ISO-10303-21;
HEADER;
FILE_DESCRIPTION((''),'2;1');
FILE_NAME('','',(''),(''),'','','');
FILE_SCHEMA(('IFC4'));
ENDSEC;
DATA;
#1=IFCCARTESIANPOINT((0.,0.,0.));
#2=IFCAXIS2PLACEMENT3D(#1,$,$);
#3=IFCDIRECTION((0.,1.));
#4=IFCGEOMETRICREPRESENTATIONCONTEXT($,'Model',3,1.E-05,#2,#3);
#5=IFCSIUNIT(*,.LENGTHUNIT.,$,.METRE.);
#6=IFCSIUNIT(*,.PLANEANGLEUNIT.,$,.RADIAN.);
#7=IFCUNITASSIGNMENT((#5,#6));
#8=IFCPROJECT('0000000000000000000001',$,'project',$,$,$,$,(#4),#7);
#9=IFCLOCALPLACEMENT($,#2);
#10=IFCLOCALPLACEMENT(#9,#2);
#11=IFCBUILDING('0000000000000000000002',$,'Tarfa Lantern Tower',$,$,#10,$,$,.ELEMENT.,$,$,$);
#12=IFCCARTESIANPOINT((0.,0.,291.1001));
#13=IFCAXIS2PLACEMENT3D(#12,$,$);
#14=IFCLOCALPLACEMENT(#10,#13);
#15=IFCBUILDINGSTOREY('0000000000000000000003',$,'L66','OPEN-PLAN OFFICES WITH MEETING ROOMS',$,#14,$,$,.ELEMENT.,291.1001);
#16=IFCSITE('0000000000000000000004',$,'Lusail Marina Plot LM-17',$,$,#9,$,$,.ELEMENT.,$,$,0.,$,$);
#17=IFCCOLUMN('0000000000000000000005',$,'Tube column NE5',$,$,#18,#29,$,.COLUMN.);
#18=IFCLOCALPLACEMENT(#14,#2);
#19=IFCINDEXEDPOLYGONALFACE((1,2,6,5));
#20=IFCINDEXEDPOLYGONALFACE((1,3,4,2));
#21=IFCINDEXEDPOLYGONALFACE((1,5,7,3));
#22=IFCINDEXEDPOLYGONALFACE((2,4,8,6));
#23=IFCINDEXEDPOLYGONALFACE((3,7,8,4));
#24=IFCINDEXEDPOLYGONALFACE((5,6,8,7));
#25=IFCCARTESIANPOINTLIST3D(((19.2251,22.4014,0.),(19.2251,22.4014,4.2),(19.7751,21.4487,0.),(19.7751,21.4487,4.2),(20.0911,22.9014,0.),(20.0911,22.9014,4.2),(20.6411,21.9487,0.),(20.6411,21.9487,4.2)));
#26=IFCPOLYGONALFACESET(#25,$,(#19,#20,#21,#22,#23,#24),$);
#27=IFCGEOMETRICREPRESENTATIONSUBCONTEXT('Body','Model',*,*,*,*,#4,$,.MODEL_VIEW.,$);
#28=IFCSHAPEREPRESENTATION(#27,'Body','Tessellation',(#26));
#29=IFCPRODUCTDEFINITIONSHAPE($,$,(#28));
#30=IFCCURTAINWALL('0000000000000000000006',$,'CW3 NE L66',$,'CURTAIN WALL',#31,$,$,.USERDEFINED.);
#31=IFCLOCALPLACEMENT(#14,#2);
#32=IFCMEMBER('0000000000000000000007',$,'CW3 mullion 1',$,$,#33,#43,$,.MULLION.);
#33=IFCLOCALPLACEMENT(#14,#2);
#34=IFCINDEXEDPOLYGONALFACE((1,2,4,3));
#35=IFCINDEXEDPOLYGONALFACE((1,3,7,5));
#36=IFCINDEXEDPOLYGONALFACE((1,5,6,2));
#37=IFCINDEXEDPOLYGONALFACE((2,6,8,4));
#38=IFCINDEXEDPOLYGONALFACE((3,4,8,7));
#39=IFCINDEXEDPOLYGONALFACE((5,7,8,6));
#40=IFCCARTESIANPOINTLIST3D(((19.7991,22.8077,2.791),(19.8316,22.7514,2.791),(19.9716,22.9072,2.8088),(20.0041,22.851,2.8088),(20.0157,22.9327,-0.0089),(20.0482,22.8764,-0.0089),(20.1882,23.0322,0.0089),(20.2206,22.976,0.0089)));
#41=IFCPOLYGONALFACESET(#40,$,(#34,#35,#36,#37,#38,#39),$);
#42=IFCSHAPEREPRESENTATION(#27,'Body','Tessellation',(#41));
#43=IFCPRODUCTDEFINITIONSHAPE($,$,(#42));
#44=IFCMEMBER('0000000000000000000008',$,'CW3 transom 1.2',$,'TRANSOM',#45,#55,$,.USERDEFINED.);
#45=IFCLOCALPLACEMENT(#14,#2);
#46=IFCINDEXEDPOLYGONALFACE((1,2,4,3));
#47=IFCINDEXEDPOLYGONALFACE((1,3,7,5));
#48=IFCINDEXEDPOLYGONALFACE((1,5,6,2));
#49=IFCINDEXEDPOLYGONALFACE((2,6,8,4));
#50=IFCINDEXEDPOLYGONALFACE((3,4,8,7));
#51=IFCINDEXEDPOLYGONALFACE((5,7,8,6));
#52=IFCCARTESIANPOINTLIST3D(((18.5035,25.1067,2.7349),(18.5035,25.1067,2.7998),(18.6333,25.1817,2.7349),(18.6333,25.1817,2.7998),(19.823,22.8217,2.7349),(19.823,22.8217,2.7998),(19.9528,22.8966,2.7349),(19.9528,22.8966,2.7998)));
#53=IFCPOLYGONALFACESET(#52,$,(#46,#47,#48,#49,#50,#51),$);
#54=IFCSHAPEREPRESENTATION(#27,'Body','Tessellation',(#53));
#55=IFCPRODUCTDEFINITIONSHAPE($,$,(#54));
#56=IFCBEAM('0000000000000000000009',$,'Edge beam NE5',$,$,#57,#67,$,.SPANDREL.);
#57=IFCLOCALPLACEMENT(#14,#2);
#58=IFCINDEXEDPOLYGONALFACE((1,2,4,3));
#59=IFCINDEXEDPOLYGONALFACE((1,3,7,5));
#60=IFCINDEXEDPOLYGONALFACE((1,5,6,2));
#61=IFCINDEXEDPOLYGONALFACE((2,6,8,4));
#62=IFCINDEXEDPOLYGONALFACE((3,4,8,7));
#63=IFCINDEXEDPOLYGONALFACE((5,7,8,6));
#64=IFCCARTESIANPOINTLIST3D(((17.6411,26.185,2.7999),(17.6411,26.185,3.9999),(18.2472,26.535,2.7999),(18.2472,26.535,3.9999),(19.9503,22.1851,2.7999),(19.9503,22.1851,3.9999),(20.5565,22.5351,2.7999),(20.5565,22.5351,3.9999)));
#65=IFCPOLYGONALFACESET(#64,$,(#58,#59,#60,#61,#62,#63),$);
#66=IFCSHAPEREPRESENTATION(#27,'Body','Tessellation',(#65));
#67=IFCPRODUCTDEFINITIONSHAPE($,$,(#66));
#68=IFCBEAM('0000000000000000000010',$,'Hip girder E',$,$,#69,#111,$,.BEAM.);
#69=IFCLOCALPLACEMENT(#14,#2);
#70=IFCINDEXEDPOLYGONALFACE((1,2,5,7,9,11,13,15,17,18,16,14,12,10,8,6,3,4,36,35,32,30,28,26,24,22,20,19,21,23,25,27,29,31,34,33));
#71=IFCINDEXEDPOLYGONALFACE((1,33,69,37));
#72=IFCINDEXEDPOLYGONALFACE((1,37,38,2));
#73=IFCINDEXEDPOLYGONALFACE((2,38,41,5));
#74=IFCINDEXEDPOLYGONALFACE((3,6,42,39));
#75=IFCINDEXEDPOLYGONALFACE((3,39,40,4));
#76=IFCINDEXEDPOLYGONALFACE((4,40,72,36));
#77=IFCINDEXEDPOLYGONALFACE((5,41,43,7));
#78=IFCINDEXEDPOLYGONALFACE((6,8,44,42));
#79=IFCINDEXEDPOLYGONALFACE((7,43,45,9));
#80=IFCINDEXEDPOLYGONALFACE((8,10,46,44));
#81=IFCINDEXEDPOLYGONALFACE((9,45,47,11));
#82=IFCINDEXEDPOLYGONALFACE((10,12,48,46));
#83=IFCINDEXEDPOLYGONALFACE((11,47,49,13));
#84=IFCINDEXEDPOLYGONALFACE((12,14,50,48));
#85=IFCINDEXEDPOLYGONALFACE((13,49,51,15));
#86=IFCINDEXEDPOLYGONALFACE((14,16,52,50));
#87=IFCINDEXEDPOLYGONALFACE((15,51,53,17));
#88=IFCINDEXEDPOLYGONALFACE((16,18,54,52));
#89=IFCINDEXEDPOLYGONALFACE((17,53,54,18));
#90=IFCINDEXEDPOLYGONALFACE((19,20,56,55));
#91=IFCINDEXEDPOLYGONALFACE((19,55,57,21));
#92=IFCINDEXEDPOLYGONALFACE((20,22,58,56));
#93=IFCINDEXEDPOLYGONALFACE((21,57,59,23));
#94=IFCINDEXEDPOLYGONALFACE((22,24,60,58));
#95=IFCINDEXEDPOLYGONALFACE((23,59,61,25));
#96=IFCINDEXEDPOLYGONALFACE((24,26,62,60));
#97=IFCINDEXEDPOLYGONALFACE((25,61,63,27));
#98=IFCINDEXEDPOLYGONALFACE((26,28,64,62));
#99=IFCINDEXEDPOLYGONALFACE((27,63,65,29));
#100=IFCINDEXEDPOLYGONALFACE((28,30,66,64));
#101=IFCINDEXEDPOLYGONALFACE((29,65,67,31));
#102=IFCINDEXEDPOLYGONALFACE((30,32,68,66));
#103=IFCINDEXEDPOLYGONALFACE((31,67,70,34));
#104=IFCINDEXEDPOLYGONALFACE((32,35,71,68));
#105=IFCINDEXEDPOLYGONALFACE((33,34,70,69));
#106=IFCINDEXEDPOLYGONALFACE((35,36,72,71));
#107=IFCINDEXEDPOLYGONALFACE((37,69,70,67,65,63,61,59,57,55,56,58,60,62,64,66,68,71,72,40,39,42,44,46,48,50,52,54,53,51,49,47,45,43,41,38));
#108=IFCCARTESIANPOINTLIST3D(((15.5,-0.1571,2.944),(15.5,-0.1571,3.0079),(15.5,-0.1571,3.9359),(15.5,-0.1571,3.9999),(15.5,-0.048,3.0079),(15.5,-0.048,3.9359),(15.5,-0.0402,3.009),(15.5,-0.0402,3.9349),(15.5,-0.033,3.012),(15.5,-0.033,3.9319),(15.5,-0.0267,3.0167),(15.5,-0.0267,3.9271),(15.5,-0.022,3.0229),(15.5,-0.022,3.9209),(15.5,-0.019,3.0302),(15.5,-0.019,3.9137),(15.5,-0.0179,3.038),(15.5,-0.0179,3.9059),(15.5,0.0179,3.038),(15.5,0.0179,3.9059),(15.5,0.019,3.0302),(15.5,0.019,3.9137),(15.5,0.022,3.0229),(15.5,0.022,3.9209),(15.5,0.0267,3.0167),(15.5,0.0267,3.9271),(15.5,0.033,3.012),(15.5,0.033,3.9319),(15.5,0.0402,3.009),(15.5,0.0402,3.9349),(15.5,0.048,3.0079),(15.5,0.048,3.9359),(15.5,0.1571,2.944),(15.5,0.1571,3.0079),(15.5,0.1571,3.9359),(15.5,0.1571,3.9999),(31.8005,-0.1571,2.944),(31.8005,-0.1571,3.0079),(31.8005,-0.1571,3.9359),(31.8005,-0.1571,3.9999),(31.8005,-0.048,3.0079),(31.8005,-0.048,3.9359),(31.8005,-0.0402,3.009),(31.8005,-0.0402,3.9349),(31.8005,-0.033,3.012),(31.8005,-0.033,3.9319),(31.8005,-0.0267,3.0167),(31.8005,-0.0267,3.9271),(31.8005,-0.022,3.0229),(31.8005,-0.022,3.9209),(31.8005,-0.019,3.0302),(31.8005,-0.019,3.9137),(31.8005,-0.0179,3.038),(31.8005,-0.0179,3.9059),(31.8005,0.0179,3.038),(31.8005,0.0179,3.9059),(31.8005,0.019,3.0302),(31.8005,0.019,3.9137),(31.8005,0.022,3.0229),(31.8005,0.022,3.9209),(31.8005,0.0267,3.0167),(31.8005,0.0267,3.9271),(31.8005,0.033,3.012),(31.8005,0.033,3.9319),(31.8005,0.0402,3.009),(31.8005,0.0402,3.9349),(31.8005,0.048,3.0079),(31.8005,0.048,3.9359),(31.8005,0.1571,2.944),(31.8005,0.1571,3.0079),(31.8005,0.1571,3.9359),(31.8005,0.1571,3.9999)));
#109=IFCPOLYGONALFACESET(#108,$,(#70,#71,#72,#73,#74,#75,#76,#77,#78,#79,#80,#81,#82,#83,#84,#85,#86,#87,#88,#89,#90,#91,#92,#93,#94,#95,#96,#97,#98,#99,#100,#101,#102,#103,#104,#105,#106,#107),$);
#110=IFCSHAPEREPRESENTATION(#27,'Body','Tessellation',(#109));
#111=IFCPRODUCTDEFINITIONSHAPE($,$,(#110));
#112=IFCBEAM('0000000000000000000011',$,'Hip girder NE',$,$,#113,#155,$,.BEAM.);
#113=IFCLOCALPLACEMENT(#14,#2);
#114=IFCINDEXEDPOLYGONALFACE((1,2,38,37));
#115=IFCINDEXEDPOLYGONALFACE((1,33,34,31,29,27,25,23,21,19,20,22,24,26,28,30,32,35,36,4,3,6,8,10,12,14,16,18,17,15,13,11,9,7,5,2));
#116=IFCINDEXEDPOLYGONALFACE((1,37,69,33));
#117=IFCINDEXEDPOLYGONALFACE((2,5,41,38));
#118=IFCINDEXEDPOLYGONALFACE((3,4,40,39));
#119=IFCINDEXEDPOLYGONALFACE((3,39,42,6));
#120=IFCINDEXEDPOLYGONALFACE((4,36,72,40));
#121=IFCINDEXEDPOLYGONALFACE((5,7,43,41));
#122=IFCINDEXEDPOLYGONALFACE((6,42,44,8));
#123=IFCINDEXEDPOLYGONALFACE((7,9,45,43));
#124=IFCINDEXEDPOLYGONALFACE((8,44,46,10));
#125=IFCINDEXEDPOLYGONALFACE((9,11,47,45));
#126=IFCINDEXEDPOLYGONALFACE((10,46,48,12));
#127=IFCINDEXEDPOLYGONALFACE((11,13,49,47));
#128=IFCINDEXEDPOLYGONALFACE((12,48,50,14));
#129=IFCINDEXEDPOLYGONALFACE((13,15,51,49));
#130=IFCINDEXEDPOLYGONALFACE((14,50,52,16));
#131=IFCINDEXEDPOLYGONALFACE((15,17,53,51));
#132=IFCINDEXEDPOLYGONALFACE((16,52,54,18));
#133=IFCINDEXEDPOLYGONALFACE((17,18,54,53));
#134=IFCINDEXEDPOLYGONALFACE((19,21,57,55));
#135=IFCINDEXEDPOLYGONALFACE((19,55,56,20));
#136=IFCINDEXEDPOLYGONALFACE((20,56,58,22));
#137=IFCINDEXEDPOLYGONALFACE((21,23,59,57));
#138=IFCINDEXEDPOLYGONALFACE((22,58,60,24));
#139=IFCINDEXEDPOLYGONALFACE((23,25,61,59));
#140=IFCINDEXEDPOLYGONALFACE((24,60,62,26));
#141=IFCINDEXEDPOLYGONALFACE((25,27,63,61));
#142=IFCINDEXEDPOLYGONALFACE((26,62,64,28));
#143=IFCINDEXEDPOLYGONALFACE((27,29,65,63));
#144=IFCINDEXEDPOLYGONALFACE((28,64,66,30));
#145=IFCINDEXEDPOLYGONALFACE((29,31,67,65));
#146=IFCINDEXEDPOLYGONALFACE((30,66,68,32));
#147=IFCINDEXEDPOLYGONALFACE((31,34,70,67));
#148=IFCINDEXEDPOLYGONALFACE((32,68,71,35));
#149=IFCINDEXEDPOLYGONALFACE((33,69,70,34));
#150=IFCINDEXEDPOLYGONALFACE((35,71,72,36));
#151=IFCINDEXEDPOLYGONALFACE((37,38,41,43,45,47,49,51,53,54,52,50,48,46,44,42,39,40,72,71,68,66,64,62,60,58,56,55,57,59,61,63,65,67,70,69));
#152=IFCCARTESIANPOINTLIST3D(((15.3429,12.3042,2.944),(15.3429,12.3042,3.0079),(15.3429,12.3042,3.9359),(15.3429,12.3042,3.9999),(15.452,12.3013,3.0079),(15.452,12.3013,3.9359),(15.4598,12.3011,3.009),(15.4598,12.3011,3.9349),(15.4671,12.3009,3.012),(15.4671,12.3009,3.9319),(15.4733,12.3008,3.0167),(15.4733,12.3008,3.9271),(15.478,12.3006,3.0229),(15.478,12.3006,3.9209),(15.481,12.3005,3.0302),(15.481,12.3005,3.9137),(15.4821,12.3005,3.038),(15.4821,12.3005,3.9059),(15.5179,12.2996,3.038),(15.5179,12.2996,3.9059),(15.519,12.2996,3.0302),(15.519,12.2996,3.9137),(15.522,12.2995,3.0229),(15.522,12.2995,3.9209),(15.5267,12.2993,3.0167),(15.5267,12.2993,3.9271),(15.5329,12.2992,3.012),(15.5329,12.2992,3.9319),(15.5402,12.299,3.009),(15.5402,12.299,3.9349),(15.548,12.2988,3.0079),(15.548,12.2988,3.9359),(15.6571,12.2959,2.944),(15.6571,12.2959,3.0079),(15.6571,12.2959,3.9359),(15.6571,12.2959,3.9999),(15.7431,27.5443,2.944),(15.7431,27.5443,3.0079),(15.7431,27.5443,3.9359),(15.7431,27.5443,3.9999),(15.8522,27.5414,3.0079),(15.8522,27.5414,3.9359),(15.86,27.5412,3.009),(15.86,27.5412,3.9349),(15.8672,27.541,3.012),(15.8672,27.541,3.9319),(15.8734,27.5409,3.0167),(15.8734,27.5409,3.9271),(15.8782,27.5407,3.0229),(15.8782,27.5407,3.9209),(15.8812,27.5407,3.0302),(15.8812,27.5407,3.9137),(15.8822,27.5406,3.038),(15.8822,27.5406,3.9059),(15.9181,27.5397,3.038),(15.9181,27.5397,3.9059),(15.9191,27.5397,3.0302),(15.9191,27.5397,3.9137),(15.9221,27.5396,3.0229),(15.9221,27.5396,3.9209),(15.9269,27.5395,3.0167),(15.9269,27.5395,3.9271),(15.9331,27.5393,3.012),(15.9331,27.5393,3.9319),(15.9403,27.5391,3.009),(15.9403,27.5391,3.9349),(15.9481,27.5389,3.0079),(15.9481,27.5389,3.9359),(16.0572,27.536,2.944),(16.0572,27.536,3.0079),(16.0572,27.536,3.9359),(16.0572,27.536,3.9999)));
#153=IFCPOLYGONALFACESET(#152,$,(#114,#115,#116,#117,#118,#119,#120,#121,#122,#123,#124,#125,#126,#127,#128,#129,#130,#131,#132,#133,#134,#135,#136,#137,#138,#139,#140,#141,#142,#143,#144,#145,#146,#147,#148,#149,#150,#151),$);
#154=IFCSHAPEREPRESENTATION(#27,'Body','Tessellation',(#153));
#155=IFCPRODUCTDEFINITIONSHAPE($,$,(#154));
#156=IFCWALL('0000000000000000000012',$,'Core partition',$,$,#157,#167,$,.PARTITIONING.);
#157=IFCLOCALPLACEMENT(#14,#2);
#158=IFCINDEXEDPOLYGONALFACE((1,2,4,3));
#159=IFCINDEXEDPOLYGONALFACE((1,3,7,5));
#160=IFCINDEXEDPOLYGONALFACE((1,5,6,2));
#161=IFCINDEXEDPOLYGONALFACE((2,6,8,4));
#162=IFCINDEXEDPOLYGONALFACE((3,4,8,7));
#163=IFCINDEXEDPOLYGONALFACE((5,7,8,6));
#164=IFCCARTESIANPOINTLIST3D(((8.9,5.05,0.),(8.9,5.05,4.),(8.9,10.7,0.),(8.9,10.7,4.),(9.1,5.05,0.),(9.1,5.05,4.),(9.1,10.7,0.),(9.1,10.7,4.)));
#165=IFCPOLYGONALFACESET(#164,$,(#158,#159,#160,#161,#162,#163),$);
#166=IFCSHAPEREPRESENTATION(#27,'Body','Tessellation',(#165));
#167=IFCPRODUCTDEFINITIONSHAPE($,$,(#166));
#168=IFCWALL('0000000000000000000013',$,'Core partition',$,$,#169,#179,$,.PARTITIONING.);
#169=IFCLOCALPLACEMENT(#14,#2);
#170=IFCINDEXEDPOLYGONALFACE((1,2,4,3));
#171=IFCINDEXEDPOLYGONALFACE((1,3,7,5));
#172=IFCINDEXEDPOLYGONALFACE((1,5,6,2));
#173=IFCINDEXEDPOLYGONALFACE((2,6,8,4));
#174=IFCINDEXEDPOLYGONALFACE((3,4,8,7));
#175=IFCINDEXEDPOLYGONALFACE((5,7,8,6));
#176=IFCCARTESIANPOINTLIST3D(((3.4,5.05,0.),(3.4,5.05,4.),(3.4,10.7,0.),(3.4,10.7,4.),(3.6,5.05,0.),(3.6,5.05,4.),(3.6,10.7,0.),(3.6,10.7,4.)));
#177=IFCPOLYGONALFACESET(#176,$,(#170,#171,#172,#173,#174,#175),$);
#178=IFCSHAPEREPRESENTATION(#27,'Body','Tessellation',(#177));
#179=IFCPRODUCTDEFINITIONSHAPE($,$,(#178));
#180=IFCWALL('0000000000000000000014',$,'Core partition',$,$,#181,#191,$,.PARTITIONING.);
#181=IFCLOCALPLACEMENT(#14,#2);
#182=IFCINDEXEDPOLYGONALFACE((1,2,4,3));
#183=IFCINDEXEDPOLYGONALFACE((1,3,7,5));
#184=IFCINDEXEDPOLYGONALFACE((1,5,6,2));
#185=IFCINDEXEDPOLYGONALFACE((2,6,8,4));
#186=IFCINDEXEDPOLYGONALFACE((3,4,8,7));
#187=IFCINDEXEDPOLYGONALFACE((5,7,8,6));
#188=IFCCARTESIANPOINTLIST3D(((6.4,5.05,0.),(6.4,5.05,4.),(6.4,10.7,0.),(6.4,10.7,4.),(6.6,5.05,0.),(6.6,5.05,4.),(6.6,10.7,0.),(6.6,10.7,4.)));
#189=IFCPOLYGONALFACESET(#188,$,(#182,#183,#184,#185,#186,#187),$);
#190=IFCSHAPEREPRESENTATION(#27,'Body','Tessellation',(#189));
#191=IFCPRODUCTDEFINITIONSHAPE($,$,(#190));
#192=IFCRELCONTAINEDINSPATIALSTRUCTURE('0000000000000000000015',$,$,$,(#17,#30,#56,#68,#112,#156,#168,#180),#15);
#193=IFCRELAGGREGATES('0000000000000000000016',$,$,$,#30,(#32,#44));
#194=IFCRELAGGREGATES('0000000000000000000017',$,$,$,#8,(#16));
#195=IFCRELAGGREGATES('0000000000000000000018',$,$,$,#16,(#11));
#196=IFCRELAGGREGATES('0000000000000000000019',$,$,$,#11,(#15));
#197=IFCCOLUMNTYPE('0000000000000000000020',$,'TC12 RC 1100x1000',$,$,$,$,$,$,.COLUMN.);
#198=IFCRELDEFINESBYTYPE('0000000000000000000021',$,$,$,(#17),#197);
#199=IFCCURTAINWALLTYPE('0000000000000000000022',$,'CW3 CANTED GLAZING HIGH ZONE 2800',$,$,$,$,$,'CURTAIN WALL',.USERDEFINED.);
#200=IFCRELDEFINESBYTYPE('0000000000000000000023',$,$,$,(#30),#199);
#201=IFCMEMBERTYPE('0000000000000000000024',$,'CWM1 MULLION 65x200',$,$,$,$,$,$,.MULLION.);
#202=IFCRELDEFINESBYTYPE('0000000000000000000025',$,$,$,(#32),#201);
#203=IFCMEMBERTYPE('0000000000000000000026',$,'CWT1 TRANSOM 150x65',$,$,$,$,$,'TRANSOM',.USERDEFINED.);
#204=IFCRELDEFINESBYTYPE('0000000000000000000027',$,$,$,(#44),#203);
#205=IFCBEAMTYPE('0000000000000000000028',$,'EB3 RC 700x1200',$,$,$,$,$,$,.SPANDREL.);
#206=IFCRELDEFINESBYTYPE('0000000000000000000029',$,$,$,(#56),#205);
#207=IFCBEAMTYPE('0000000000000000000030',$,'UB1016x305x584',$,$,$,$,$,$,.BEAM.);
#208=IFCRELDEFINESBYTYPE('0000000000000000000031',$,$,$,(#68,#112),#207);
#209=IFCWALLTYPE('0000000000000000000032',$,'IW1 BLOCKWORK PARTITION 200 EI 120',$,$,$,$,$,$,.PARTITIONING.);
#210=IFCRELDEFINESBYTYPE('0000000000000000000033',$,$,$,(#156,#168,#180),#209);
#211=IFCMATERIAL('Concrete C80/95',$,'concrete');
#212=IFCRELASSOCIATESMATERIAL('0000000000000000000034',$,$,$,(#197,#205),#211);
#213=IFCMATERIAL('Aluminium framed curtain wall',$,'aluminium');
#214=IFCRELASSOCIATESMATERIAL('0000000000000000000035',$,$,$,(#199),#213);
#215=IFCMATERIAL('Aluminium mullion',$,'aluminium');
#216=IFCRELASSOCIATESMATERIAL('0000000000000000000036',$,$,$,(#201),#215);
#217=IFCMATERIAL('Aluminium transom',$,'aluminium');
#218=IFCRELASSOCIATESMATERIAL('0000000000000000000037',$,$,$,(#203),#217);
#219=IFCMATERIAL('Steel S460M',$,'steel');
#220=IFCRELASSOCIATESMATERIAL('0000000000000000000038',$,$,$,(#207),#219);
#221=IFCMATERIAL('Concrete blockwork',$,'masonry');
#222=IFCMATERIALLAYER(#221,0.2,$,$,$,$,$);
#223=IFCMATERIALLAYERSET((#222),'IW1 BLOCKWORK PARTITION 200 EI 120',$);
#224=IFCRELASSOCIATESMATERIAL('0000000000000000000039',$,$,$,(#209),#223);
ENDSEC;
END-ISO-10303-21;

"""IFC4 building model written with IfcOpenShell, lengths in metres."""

from ifc_helpers import new_model, si_unit, direction, frame, frame_2d, origin, origin_2d, place, context, subcontext, project, spatial, rectangle, i_section, extrude, material, layer, layer_set, material_profile, profile_set, type_object, element, aggregate, save


model = new_model("IFC4")

# Units and contexts
model_context = context("Model", 3, precision=1e-05, world=origin(), true_north=direction((0.0, 1.0)))
body_context = subcontext(model_context, "Body", "Model", "MODEL_VIEW")
ifc_project = project(units=[si_unit("LENGTHUNIT", "METRE"), si_unit("PLANEANGLEUNIT", "RADIAN")], contexts=[model_context])

# Site, building, storey
site_placement = place(None, origin())
site = spatial("IfcSite", under=ifc_project, at=site_placement, Name="Lusail Marina Plot LM-17", CompositionType="ELEMENT", RefElevation=0.0)
building_placement = place(site_placement, origin())
building = spatial("IfcBuilding", under=site, at=building_placement, Name="Tarfa Lantern Tower", CompositionType="ELEMENT")
storey_placement = place(building_placement, frame((0.0, 0.0, 291.1001)))
storey = spatial("IfcBuildingStorey", under=building, at=storey_placement, Name="L66", Description="OPEN-PLAN OFFICES WITH MEETING ROOMS", CompositionType="ELEMENT", Elevation=291.1001)

# Column
ifc_material_1 = material(Name="Concrete C80/95", Category="concrete")
ifc_material_profile_1 = material_profile(ifc_material_1, rectangle(XDim=1.1001, YDim=1.0, at=origin_2d()), Name="RC 1100x1000")
ifc_profile_set_1 = profile_set([ifc_material_profile_1], Name="Concrete C80/95")
column_type = type_object("IfcColumnType", Name="TC12 RC 1100x1000", PredefinedType="COLUMN", material=ifc_profile_set_1)
column_placement = place(storey_placement, frame((19.9331, 22.175, 0.0), z_axis=(0.0, 0.0, 1.0), x_axis=(-0.5, 0.866025, 0.0)))
element("IfcColumn", 1, at=column_placement, inside=storey, type_object=column_type, Name="Tube column NE5", PredefinedType="COLUMN", context=body_context, shape_type="SweptSolid", body=[
    extrude(rectangle(XDim=1.1001, YDim=1.0, at=origin_2d()), origin(), (0.0, 0.0, 1.0), 4.2),
])

# Curtain wall, members
ifc_material_2 = material(Name="Aluminium framed curtain wall", Category="aluminium")
curtain_wall_type = type_object("IfcCurtainWallType", Name="CW3 CANTED GLAZING HIGH ZONE 2800", ElementType="CURTAIN WALL", PredefinedType="USERDEFINED", material=ifc_material_2)
curtain_wall_placement = place(storey_placement, origin())
curtain_wall = element("IfcCurtainWall", 2, at=curtain_wall_placement, inside=storey, type_object=curtain_wall_type, Name="CW3 NE L66", ObjectType="CURTAIN WALL", PredefinedType="USERDEFINED")
ifc_material_3 = material(Name="Aluminium mullion", Category="aluminium")
ifc_material_profile_2 = material_profile(ifc_material_3, rectangle(XDim=0.0649, YDim=0.2, at=origin_2d()), Name="AL MULLION 65x200")
ifc_profile_set_2 = profile_set([ifc_material_profile_2], Name="Aluminium mullion")
member_type_1 = type_object("IfcMemberType", Name="CWM1 MULLION 65x200", PredefinedType="MULLION", material=ifc_profile_set_2)
member_1_placement = place(storey_placement, frame((20.1182, 22.9543, 0.0), z_axis=(-0.077039, -0.044469, 0.996036), x_axis=(0.49992, -0.866072, 0.0)))
member_1 = element("IfcMember", 3, at=member_1_placement, type_object=member_type_1, Name="CW3 mullion 1", PredefinedType="MULLION", context=body_context, shape_type="SweptSolid", body=[
    extrude(rectangle(XDim=0.0649, YDim=0.2, at=origin_2d()), origin(), (0.0, 0.0, 1.0), 2.811),
])
ifc_material_4 = material(Name="Aluminium transom", Category="aluminium")
ifc_material_profile_3 = material_profile(ifc_material_4, rectangle(XDim=0.1499, YDim=0.0649, at=origin_2d()), Name="AL TRANSOM 150x65")
ifc_profile_set_3 = profile_set([ifc_material_profile_3], Name="Aluminium transom")
member_type_2 = type_object("IfcMemberType", Name="CWT1 TRANSOM 150x65", ElementType="TRANSOM", PredefinedType="USERDEFINED", material=ifc_profile_set_3)
member_2_placement = place(storey_placement, frame((19.8879, 22.8591, 2.7673), z_axis=(-0.500069, 0.865985, 0.0), x_axis=(-0.865985, -0.500069, 0.0)))
member_2 = element("IfcMember", 4, at=member_2_placement, type_object=member_type_2, Name="CW3 transom 1.2", ObjectType="TRANSOM", PredefinedType="USERDEFINED", context=body_context, shape_type="SweptSolid", body=[
    extrude(rectangle(XDim=0.1499, YDim=0.0649, at=origin_2d()), origin(), (0.0, 0.0, 1.0), 2.6387),
])
aggregate(curtain_wall, [member_1, member_2])

# Beams
ifc_material_profile_4 = material_profile(ifc_material_1, rectangle(XDim=0.7, YDim=1.2, at=origin_2d()), Name="RC 700x1200")
ifc_profile_set_4 = profile_set([ifc_material_profile_4], Name="Concrete C80/95")
beam_type_1 = type_object("IfcBeamType", Name="EB3 RC 700x1200", PredefinedType="SPANDREL", material=ifc_profile_set_4)
beam_1_placement = place(storey_placement, frame((20.2534, 22.3601, 3.3999), z_axis=(-0.499988, 0.866032, 0.0), x_axis=(-0.866032, -0.499988, 0.0)))
element("IfcBeam", 5, at=beam_1_placement, inside=storey, type_object=beam_type_1, Name="Edge beam NE5", PredefinedType="SPANDREL", context=body_context, shape_type="SweptSolid", body=[
    extrude(rectangle(XDim=0.7, YDim=1.2, at=origin_2d()), origin(), (0.0, 0.0, 1.0), 4.6187),
])
ifc_material_5 = material(Name="Steel S460M", Category="steel")
ifc_material_profile_5 = material_profile(ifc_material_5, i_section(OverallWidth=0.3142, OverallDepth=1.0559, WebThickness=0.0359, FlangeThickness=0.064, FilletRadius=0.03, at=origin_2d()), Name="UB1016x305x584")
ifc_profile_set_5 = profile_set([ifc_material_profile_5], Name="Steel S460M")
beam_type_2 = type_object("IfcBeamType", Name="UB1016x305x584", PredefinedType="BEAM", material=ifc_profile_set_5)
beam_2_placement = place(storey_placement, frame((15.5, 0.0, 3.4719), z_axis=(1.0, 0.0, 0.0), x_axis=(0.0, 1.0, 0.0)))
element("IfcBeam", 6, at=beam_2_placement, inside=storey, type_object=beam_type_2, Name="Hip girder E", PredefinedType="BEAM", context=body_context, shape_type="SweptSolid", body=[
    extrude(i_section(OverallWidth=0.3142, OverallDepth=1.0559, WebThickness=0.0359, FlangeThickness=0.064, FilletRadius=0.03, at=origin_2d()), origin(), (0.0, 0.0, 1.0), 16.3005),
])
beam_3_placement = place(storey_placement, frame((15.5, 12.3, 3.4719), z_axis=(0.026247, 0.999655, 0.0), x_axis=(-0.999655, 0.026247, 0.0)))
element("IfcBeam", 7, at=beam_3_placement, inside=storey, type_object=beam_type_2, Name="Hip girder NE", PredefinedType="BEAM", context=body_context, shape_type="SweptSolid", body=[
    extrude(i_section(OverallWidth=0.3142, OverallDepth=1.0559, WebThickness=0.0359, FlangeThickness=0.064, FilletRadius=0.03, at=origin_2d()), origin(), (0.0, 0.0, 1.0), 15.2454),
])

# Walls
ifc_material_6 = material(Name="Concrete blockwork", Category="masonry")
ifc_layer_1 = layer(ifc_material_6, 0.2)
ifc_layer_set_1 = layer_set([ifc_layer_1], Name="IW1 BLOCKWORK PARTITION 200 EI 120")
wall_type_1 = type_object("IfcWallType", Name="IW1 BLOCKWORK PARTITION 200 EI 120", PredefinedType="PARTITIONING", material=ifc_layer_set_1)
for number, where, z_axis, x_axis, name in (
    (8, (9.0, 5.05, 0.0), (0.0, 0.0, 1.0), (0.0, 1.0, 0.0), "Core partition"),
    (9, (3.5, 5.05, 0.0), (0.0, 0.0, 1.0), (0.0, 1.0, 0.0), "Core partition"),
    (10, (6.5, 5.05, 0.0), (0.0, 0.0, 1.0), (0.0, 1.0, 0.0), "Core partition"),
):
    element("IfcWall", number, at=place(storey_placement, frame(where, z_axis=z_axis, x_axis=x_axis)), inside=storey, type_object=wall_type_1, Name=name, PredefinedType="PARTITIONING", context=body_context, shape_type="SweptSolid", body=[
        extrude(rectangle(XDim=5.6499, YDim=0.2, at=frame_2d((2.825, 0.0))), origin(), (0.0, 0.0, 1.0), 4.0),
    ])

save(model, "model.ifc")
